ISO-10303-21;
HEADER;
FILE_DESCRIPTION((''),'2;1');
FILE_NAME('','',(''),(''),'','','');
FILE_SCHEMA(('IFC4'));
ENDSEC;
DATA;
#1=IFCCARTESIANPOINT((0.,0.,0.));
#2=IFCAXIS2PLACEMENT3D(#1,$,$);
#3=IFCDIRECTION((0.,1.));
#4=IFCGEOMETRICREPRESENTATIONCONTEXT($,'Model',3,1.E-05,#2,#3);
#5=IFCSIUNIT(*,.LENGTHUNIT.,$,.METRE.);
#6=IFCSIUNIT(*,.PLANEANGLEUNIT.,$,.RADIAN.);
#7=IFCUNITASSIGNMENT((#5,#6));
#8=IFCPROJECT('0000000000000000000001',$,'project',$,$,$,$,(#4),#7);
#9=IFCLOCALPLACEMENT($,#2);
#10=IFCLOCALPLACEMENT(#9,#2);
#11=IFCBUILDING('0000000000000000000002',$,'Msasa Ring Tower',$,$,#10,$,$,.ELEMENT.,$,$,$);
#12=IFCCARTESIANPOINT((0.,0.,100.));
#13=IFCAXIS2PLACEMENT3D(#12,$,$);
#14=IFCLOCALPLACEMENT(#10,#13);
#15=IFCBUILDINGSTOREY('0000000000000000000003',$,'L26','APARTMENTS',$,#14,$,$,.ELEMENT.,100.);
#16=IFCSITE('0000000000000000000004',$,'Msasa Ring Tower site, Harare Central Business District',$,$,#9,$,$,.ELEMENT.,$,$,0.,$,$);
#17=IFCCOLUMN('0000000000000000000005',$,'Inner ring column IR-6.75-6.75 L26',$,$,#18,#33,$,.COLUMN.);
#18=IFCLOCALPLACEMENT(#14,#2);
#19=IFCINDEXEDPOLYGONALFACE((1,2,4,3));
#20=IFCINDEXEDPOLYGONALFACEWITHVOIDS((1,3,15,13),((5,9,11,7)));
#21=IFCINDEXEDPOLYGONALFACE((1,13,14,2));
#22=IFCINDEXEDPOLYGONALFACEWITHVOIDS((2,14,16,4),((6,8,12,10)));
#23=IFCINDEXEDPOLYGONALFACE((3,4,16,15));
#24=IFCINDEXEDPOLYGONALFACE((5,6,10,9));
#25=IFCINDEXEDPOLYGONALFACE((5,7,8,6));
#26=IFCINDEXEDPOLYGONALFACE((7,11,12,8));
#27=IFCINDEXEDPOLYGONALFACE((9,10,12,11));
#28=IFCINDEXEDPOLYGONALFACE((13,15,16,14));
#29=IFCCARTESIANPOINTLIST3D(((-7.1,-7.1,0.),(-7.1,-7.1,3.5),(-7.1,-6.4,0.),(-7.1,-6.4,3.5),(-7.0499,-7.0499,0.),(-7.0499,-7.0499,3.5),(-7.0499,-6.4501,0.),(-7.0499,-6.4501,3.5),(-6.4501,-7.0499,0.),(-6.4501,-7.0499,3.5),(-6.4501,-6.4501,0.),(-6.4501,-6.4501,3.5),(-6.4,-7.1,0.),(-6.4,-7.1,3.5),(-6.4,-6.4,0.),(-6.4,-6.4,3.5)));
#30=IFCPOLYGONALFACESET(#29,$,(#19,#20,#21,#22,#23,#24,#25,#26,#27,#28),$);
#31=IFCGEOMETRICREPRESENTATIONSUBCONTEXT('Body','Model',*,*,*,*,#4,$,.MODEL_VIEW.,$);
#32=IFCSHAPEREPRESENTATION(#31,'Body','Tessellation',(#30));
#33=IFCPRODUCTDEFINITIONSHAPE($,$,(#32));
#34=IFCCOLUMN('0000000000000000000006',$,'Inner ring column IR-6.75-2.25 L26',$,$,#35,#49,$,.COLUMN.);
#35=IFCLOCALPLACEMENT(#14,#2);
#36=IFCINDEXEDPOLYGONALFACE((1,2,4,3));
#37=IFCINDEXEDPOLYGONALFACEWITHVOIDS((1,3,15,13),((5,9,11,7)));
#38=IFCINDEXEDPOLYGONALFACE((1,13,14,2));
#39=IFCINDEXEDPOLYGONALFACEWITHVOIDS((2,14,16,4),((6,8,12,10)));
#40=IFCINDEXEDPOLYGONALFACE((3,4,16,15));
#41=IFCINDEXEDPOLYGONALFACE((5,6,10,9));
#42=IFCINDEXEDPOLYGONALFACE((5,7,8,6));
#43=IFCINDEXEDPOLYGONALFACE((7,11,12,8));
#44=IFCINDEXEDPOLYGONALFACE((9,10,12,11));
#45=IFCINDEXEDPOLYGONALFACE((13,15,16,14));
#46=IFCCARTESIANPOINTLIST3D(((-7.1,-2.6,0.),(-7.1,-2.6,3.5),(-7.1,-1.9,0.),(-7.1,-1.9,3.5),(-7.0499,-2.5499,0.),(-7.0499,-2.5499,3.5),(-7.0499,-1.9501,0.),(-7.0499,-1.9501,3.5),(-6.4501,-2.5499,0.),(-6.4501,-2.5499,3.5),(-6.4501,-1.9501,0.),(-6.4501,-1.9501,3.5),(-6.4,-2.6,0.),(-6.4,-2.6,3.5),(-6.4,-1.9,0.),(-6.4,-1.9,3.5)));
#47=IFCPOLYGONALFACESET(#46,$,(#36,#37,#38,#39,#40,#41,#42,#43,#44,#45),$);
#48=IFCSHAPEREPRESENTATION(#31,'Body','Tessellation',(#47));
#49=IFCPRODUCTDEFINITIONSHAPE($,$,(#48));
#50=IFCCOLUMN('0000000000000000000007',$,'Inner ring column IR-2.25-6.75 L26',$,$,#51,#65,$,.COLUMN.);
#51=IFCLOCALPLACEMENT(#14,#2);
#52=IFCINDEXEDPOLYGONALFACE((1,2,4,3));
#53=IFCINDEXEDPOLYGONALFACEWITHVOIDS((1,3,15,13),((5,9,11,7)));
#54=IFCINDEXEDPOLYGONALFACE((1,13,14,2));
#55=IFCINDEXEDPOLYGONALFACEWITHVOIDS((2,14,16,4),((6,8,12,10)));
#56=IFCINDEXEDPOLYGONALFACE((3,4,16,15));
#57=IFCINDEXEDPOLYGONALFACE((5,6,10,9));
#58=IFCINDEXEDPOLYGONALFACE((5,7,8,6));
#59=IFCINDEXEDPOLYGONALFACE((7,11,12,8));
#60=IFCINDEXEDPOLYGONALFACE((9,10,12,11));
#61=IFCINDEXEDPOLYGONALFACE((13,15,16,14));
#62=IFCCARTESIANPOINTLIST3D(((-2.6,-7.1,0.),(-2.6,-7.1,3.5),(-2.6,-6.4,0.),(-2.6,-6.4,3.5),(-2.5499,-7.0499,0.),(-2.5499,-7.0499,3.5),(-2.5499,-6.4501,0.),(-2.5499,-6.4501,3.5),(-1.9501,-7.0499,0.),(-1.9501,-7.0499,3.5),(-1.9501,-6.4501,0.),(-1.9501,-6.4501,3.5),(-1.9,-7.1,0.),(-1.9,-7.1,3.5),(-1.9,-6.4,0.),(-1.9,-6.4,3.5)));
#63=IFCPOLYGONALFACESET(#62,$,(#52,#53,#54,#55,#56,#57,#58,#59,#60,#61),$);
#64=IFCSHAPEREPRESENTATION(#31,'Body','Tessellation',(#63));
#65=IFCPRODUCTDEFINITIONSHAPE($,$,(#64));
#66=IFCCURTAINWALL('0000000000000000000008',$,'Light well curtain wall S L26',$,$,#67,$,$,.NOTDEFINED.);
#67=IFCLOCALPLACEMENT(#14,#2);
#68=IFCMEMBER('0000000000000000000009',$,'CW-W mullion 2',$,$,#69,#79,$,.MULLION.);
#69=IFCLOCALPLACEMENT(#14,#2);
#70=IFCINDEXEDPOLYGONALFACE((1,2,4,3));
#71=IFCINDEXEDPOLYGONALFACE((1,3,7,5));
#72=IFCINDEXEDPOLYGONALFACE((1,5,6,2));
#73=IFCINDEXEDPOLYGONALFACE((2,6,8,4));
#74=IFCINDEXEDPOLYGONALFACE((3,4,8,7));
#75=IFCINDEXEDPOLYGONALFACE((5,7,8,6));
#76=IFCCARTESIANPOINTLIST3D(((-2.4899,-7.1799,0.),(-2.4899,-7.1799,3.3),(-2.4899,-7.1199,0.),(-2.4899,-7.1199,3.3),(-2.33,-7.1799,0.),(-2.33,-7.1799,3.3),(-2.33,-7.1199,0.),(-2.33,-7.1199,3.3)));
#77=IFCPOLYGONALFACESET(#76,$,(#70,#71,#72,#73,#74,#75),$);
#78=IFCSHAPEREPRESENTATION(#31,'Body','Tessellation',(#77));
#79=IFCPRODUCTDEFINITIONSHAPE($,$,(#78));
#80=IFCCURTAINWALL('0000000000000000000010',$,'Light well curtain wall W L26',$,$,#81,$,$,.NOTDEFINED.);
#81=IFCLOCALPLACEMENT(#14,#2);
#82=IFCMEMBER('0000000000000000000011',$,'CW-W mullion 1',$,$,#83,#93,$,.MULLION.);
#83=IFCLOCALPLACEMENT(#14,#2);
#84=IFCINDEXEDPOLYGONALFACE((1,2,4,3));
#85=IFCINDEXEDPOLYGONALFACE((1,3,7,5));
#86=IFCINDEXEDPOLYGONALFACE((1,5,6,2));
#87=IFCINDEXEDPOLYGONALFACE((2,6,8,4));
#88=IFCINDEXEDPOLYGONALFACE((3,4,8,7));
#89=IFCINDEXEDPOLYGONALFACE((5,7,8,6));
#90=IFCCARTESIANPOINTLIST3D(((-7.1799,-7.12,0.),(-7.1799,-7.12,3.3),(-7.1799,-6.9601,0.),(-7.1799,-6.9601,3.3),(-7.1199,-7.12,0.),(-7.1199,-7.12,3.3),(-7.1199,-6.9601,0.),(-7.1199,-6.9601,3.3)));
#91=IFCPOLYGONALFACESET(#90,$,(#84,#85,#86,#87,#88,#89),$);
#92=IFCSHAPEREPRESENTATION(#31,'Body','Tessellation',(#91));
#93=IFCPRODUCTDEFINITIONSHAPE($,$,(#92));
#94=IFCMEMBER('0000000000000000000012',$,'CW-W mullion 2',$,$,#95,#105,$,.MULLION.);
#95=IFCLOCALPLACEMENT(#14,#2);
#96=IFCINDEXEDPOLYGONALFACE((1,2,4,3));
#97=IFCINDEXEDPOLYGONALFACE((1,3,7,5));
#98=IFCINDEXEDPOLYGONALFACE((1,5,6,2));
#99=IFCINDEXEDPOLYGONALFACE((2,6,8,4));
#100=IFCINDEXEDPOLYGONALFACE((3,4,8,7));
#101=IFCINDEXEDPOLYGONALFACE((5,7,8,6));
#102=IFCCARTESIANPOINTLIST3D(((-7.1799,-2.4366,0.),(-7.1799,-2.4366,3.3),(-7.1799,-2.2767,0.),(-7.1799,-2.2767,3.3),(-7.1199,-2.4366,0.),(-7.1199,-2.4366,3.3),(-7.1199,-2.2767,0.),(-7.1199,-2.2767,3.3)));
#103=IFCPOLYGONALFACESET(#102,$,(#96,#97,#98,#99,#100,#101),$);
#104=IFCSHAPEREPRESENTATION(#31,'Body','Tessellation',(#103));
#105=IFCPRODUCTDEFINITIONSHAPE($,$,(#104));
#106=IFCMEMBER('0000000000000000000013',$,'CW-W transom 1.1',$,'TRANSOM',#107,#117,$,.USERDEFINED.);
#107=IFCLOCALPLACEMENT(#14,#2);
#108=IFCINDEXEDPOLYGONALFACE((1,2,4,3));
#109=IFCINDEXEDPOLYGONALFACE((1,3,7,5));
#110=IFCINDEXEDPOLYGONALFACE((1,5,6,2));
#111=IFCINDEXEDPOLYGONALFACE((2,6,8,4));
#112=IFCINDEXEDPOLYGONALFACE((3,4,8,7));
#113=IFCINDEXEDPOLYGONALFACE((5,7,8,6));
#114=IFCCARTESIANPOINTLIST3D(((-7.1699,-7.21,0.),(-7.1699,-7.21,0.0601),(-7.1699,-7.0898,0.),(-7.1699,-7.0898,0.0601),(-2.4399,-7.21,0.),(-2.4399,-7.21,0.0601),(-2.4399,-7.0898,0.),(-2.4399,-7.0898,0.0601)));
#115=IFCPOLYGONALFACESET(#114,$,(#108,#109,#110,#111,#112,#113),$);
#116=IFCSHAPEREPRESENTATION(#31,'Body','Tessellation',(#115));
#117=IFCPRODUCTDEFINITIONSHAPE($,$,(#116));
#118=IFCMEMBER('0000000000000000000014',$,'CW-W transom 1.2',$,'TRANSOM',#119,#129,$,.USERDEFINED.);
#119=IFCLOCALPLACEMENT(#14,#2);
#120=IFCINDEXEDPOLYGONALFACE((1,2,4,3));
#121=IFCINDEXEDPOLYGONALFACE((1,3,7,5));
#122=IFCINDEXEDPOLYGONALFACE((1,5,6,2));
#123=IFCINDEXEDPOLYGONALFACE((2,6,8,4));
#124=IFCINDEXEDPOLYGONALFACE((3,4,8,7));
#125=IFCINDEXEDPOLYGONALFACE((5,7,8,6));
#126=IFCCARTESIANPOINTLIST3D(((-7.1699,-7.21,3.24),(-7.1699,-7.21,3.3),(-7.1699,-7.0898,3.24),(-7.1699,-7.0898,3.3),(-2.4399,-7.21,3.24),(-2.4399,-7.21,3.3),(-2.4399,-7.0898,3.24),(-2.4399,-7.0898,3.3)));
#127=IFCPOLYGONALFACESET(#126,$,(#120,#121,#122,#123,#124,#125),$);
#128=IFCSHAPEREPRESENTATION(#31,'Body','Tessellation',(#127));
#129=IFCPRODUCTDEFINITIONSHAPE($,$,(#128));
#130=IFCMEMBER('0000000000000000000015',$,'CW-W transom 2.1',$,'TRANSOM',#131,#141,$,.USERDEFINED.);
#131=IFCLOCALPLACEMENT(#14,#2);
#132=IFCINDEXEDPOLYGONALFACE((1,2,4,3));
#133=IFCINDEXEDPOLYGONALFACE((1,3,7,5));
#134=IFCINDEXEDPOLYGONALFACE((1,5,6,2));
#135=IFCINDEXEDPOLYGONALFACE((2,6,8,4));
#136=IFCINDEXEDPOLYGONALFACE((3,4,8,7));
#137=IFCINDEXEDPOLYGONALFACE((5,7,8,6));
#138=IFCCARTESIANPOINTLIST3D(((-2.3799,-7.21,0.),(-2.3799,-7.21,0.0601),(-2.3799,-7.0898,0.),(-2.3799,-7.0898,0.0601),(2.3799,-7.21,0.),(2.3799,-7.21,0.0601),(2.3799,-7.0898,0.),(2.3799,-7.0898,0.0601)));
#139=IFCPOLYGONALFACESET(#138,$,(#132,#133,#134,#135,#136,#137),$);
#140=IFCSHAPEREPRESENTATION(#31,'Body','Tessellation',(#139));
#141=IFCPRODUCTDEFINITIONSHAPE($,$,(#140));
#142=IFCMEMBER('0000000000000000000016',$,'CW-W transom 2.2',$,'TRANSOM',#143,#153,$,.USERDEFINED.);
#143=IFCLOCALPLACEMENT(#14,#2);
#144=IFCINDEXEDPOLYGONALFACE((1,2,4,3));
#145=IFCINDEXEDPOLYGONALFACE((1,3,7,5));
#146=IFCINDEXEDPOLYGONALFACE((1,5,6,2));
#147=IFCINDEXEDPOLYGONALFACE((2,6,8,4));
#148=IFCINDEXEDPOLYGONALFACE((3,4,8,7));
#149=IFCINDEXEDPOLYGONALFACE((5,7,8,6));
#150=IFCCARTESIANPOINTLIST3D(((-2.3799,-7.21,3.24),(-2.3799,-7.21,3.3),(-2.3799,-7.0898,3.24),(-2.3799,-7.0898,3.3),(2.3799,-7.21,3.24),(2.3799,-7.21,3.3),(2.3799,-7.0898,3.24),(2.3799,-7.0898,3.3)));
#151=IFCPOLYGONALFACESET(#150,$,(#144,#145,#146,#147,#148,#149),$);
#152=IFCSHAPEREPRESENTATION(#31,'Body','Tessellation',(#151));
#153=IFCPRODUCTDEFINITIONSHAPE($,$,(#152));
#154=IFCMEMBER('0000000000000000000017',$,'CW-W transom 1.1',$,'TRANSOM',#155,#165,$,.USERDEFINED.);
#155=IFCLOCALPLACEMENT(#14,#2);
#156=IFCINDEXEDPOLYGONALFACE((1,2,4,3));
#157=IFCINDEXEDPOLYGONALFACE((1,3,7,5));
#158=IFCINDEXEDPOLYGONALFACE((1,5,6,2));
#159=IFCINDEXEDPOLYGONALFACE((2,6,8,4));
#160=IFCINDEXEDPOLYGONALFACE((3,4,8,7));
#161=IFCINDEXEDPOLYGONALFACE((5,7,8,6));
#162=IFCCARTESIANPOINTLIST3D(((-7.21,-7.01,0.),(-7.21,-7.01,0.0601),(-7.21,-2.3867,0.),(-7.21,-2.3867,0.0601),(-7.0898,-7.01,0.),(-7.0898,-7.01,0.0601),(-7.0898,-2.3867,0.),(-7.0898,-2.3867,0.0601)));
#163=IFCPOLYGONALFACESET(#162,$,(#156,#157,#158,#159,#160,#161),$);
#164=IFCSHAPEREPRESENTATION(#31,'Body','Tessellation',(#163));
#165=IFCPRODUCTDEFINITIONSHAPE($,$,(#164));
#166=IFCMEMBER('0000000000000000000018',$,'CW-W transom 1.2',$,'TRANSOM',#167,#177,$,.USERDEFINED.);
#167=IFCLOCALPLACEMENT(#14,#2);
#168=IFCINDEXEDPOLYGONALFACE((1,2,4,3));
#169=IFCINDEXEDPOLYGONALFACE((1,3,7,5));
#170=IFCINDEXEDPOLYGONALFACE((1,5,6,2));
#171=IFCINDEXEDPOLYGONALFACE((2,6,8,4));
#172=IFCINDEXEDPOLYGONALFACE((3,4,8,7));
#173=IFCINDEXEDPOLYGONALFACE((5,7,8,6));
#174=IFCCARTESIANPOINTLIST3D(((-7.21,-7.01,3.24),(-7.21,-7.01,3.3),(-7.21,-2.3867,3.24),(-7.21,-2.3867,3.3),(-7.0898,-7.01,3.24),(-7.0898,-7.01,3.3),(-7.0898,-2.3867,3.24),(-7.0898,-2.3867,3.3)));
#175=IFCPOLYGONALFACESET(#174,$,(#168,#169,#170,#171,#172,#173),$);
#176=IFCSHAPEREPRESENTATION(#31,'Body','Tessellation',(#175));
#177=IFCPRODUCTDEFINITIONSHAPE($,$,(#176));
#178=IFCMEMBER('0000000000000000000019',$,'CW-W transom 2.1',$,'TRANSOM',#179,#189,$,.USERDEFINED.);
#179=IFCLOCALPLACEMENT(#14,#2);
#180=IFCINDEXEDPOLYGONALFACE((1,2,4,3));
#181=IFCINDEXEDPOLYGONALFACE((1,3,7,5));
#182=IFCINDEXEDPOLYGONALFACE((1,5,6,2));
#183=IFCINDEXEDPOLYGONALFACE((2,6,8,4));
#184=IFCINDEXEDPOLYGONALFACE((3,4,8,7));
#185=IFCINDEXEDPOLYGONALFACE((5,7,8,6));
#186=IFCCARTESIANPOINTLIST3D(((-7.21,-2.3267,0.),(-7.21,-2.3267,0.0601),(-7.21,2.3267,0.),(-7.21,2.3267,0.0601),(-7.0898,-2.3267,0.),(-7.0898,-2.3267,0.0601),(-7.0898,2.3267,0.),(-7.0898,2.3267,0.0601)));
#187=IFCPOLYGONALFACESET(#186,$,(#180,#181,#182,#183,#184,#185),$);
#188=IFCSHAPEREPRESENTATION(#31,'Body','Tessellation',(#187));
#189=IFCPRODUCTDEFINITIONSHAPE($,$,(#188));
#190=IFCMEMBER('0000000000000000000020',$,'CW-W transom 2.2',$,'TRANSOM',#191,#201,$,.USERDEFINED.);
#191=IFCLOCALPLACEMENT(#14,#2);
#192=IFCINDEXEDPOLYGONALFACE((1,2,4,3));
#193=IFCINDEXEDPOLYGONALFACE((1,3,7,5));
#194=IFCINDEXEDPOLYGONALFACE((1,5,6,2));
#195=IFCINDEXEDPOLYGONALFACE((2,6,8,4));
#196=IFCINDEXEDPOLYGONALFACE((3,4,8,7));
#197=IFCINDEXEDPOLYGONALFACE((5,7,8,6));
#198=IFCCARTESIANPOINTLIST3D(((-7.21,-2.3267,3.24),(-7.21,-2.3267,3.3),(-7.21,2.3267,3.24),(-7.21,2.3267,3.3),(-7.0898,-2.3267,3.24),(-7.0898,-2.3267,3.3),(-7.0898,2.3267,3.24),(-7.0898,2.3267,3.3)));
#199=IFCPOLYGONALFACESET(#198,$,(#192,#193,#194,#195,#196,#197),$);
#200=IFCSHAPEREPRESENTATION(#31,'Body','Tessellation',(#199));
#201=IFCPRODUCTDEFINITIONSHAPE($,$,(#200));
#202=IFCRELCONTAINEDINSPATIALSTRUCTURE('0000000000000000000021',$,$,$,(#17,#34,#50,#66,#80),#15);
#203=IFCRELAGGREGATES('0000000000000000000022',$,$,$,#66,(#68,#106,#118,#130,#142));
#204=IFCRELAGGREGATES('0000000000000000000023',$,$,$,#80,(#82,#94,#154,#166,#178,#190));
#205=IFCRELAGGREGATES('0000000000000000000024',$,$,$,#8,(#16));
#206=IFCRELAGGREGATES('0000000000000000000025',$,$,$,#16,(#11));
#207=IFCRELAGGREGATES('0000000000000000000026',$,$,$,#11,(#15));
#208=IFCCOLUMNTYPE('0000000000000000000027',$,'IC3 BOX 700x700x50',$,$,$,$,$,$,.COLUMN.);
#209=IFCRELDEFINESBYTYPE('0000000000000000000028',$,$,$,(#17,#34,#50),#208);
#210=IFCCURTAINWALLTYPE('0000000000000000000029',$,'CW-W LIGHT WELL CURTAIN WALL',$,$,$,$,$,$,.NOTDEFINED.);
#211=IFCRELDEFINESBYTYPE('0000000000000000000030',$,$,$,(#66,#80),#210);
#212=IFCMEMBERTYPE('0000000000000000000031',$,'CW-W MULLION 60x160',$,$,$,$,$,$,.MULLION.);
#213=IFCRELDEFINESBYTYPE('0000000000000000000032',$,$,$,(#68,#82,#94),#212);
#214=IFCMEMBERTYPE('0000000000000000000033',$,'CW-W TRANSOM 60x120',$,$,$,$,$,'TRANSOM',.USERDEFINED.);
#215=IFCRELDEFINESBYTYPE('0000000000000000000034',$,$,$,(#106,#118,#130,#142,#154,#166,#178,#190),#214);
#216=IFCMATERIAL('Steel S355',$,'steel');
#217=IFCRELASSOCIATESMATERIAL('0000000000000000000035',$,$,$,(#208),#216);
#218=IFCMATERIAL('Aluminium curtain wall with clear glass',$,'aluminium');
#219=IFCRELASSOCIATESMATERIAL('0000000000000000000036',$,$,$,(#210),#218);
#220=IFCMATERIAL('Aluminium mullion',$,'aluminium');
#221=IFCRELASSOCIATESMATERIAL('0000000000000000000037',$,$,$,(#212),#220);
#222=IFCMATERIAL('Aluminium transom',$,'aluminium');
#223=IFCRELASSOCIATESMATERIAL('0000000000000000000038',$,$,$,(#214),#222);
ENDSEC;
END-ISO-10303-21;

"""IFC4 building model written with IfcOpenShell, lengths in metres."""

from ifc_helpers import new_model, si_unit, direction, frame, origin, origin_2d, place, context, subcontext, project, spatial, rectangle, hollow_rectangle, extrude, material, material_profile, profile_set, type_object, element, aggregate, save


model = new_model("IFC4")

# Units and contexts
model_context = context("Model", 3, precision=1e-05, world=origin(), true_north=direction((0.0, 1.0)))
body_context = subcontext(model_context, "Body", "Model", "MODEL_VIEW")
ifc_project = project(units=[si_unit("LENGTHUNIT", "METRE"), si_unit("PLANEANGLEUNIT", "RADIAN")], contexts=[model_context])

# Site, building, storey
site_placement = place(None, origin())
site = spatial("IfcSite", under=ifc_project, at=site_placement, Name="Msasa Ring Tower site, Harare Central Business District", CompositionType="ELEMENT", RefElevation=0.0)
building_placement = place(site_placement, origin())
building = spatial("IfcBuilding", under=site, at=building_placement, Name="Msasa Ring Tower", CompositionType="ELEMENT")
storey_placement = place(building_placement, frame((0.0, 0.0, 100.0)))
storey = spatial("IfcBuildingStorey", under=building, at=storey_placement, Name="L26", Description="APARTMENTS", CompositionType="ELEMENT", Elevation=100.0)

# Columns
ifc_material_1 = material(Name="Steel S355", Category="steel")
ifc_material_profile_1 = material_profile(ifc_material_1, hollow_rectangle(XDim=0.7, YDim=0.7, WallThickness=0.05, at=origin_2d()), Name="BOX 700x700x50")
ifc_profile_set_1 = profile_set([ifc_material_profile_1], Name="Steel S355")
column_type = type_object("IfcColumnType", Name="IC3 BOX 700x700x50", PredefinedType="COLUMN", material=ifc_profile_set_1)
for number, where, z_axis, x_axis, name in (
    (1, (-6.75, -6.75, 0.0), (0.0, 0.0, 1.0), (1.0, 0.0, 0.0), "Inner ring column IR-6.75-6.75 L26"),
    (2, (-6.75, -2.25, 0.0), (0.0, 0.0, 1.0), (1.0, 0.0, 0.0), "Inner ring column IR-6.75-2.25 L26"),
    (3, (-2.25, -6.75, 0.0), (0.0, 0.0, 1.0), (1.0, 0.0, 0.0), "Inner ring column IR-2.25-6.75 L26"),
):
    element("IfcColumn", number, at=place(storey_placement, frame(where, z_axis=z_axis, x_axis=x_axis)), inside=storey, type_object=column_type, Name=name, PredefinedType="COLUMN", context=body_context, shape_type="SweptSolid", body=[
        extrude(hollow_rectangle(XDim=0.7, YDim=0.7, WallThickness=0.05, at=origin_2d()), origin(), (0.0, 0.0, 1.0), 3.5),
    ])

# Curtain wall, member
ifc_material_2 = material(Name="Aluminium curtain wall with clear glass", Category="aluminium")
curtain_wall_type = type_object("IfcCurtainWallType", Name="CW-W LIGHT WELL CURTAIN WALL", PredefinedType="NOTDEFINED", material=ifc_material_2)
curtain_wall_1_placement = place(storey_placement, origin())
curtain_wall_1 = element("IfcCurtainWall", 4, at=curtain_wall_1_placement, inside=storey, type_object=curtain_wall_type, Name="Light well curtain wall S L26", PredefinedType="NOTDEFINED")
ifc_material_3 = material(Name="Aluminium mullion", Category="aluminium")
ifc_material_profile_2 = material_profile(ifc_material_3, rectangle(XDim=0.0601, YDim=0.1599, at=origin_2d()), Name="AL 60x160")
ifc_profile_set_2 = profile_set([ifc_material_profile_2], Name="Aluminium mullion")
member_type_1 = type_object("IfcMemberType", Name="CW-W MULLION 60x160", PredefinedType="MULLION", material=ifc_profile_set_2)
member_1_placement = place(storey_placement, frame((-2.4099, -7.1499, 0.0), z_axis=(0.0, 0.0, 1.0), x_axis=(0.0, 1.0, 0.0)))
member_1 = element("IfcMember", 5, at=member_1_placement, type_object=member_type_1, Name="CW-W mullion 2", PredefinedType="MULLION", context=body_context, shape_type="SweptSolid", body=[
    extrude(rectangle(XDim=0.0601, YDim=0.1599, at=origin_2d()), origin(), (0.0, 0.0, 1.0), 3.3),
])

# Curtain wall, members
curtain_wall_2_placement = place(storey_placement, origin())
curtain_wall_2 = element("IfcCurtainWall", 6, at=curtain_wall_2_placement, inside=storey, type_object=curtain_wall_type, Name="Light well curtain wall W L26", PredefinedType="NOTDEFINED")
member_2_placement = place(storey_placement, frame((-7.1499, -7.04, 0.0), z_axis=(0.0, 0.0, 1.0), x_axis=(-1.0, 0.0, 0.0)))
member_2 = element("IfcMember", 7, at=member_2_placement, type_object=member_type_1, Name="CW-W mullion 1", PredefinedType="MULLION", context=body_context, shape_type="SweptSolid", body=[
    extrude(rectangle(XDim=0.0601, YDim=0.1599, at=origin_2d()), origin(), (0.0, 0.0, 1.0), 3.3),
])
member_3_placement = place(storey_placement, frame((-7.1499, -2.3567, 0.0), z_axis=(0.0, 0.0, 1.0), x_axis=(-1.0, 0.0, 0.0)))
member_3 = element("IfcMember", 8, at=member_3_placement, type_object=member_type_1, Name="CW-W mullion 2", PredefinedType="MULLION", context=body_context, shape_type="SweptSolid", body=[
    extrude(rectangle(XDim=0.0601, YDim=0.1599, at=origin_2d()), origin(), (0.0, 0.0, 1.0), 3.3),
])

# Members
ifc_material_4 = material(Name="Aluminium transom", Category="aluminium")
ifc_material_profile_3 = material_profile(ifc_material_4, rectangle(XDim=0.1201, YDim=0.0601, at=origin_2d()), Name="AL 60x120")
ifc_profile_set_3 = profile_set([ifc_material_profile_3], Name="Aluminium transom")
member_type_2 = type_object("IfcMemberType", Name="CW-W TRANSOM 60x120", ElementType="TRANSOM", PredefinedType="USERDEFINED", material=ifc_profile_set_3)
member_4_placement = place(storey_placement, frame((-7.1699, -7.1499, 0.03), z_axis=(1.0, 0.0, 0.0), x_axis=(0.0, 1.0, 0.0)))
member_4 = element("IfcMember", 9, at=member_4_placement, type_object=member_type_2, Name="CW-W transom 1.1", ObjectType="TRANSOM", PredefinedType="USERDEFINED", context=body_context, shape_type="SweptSolid", body=[
    extrude(rectangle(XDim=0.1201, YDim=0.0601, at=origin_2d()), origin(), (0.0, 0.0, 1.0), 4.73),
])
member_5_placement = place(storey_placement, frame((-7.1699, -7.1499, 3.27), z_axis=(1.0, 0.0, 0.0), x_axis=(0.0, 1.0, 0.0)))
member_5 = element("IfcMember", 10, at=member_5_placement, type_object=member_type_2, Name="CW-W transom 1.2", ObjectType="TRANSOM", PredefinedType="USERDEFINED", context=body_context, shape_type="SweptSolid", body=[
    extrude(rectangle(XDim=0.1201, YDim=0.0601, at=origin_2d()), origin(), (0.0, 0.0, 1.0), 4.73),
])
member_6_placement = place(storey_placement, frame((-2.3799, -7.1499, 0.03), z_axis=(1.0, 0.0, 0.0), x_axis=(0.0, 1.0, 0.0)))
member_6 = element("IfcMember", 11, at=member_6_placement, type_object=member_type_2, Name="CW-W transom 2.1", ObjectType="TRANSOM", PredefinedType="USERDEFINED", context=body_context, shape_type="SweptSolid", body=[
    extrude(rectangle(XDim=0.1201, YDim=0.0601, at=origin_2d()), origin(), (0.0, 0.0, 1.0), 4.7598),
])
member_7_placement = place(storey_placement, frame((-2.3799, -7.1499, 3.27), z_axis=(1.0, 0.0, 0.0), x_axis=(0.0, 1.0, 0.0)))
member_7 = element("IfcMember", 12, at=member_7_placement, type_object=member_type_2, Name="CW-W transom 2.2", ObjectType="TRANSOM", PredefinedType="USERDEFINED", context=body_context, shape_type="SweptSolid", body=[
    extrude(rectangle(XDim=0.1201, YDim=0.0601, at=origin_2d()), origin(), (0.0, 0.0, 1.0), 4.7598),
])
member_8_placement = place(storey_placement, frame((-7.1499, -7.01, 0.03), z_axis=(0.0, 1.0, 0.0), x_axis=(-1.0, 0.0, 0.0)))
member_8 = element("IfcMember", 13, at=member_8_placement, type_object=member_type_2, Name="CW-W transom 1.1", ObjectType="TRANSOM", PredefinedType="USERDEFINED", context=body_context, shape_type="SweptSolid", body=[
    extrude(rectangle(XDim=0.1201, YDim=0.0601, at=origin_2d()), origin(), (0.0, 0.0, 1.0), 4.6233),
])
member_9_placement = place(storey_placement, frame((-7.1499, -7.01, 3.27), z_axis=(0.0, 1.0, 0.0), x_axis=(-1.0, 0.0, 0.0)))
member_9 = element("IfcMember", 14, at=member_9_placement, type_object=member_type_2, Name="CW-W transom 1.2", ObjectType="TRANSOM", PredefinedType="USERDEFINED", context=body_context, shape_type="SweptSolid", body=[
    extrude(rectangle(XDim=0.1201, YDim=0.0601, at=origin_2d()), origin(), (0.0, 0.0, 1.0), 4.6233),
])
member_10_placement = place(storey_placement, frame((-7.1499, -2.3267, 0.03), z_axis=(0.0, 1.0, 0.0), x_axis=(-1.0, 0.0, 0.0)))
member_10 = element("IfcMember", 15, at=member_10_placement, type_object=member_type_2, Name="CW-W transom 2.1", ObjectType="TRANSOM", PredefinedType="USERDEFINED", context=body_context, shape_type="SweptSolid", body=[
    extrude(rectangle(XDim=0.1201, YDim=0.0601, at=origin_2d()), origin(), (0.0, 0.0, 1.0), 4.6533),
])
member_11_placement = place(storey_placement, frame((-7.1499, -2.3267, 3.27), z_axis=(0.0, 1.0, 0.0), x_axis=(-1.0, 0.0, 0.0)))
member_11 = element("IfcMember", 16, at=member_11_placement, type_object=member_type_2, Name="CW-W transom 2.2", ObjectType="TRANSOM", PredefinedType="USERDEFINED", context=body_context, shape_type="SweptSolid", body=[
    extrude(rectangle(XDim=0.1201, YDim=0.0601, at=origin_2d()), origin(), (0.0, 0.0, 1.0), 4.6533),
])

aggregate(curtain_wall_1, [member_1, member_4, member_5, member_6, member_7])
aggregate(curtain_wall_2, [member_2, member_3, member_8, member_9, member_10, member_11])

save(model, "model.ifc")
